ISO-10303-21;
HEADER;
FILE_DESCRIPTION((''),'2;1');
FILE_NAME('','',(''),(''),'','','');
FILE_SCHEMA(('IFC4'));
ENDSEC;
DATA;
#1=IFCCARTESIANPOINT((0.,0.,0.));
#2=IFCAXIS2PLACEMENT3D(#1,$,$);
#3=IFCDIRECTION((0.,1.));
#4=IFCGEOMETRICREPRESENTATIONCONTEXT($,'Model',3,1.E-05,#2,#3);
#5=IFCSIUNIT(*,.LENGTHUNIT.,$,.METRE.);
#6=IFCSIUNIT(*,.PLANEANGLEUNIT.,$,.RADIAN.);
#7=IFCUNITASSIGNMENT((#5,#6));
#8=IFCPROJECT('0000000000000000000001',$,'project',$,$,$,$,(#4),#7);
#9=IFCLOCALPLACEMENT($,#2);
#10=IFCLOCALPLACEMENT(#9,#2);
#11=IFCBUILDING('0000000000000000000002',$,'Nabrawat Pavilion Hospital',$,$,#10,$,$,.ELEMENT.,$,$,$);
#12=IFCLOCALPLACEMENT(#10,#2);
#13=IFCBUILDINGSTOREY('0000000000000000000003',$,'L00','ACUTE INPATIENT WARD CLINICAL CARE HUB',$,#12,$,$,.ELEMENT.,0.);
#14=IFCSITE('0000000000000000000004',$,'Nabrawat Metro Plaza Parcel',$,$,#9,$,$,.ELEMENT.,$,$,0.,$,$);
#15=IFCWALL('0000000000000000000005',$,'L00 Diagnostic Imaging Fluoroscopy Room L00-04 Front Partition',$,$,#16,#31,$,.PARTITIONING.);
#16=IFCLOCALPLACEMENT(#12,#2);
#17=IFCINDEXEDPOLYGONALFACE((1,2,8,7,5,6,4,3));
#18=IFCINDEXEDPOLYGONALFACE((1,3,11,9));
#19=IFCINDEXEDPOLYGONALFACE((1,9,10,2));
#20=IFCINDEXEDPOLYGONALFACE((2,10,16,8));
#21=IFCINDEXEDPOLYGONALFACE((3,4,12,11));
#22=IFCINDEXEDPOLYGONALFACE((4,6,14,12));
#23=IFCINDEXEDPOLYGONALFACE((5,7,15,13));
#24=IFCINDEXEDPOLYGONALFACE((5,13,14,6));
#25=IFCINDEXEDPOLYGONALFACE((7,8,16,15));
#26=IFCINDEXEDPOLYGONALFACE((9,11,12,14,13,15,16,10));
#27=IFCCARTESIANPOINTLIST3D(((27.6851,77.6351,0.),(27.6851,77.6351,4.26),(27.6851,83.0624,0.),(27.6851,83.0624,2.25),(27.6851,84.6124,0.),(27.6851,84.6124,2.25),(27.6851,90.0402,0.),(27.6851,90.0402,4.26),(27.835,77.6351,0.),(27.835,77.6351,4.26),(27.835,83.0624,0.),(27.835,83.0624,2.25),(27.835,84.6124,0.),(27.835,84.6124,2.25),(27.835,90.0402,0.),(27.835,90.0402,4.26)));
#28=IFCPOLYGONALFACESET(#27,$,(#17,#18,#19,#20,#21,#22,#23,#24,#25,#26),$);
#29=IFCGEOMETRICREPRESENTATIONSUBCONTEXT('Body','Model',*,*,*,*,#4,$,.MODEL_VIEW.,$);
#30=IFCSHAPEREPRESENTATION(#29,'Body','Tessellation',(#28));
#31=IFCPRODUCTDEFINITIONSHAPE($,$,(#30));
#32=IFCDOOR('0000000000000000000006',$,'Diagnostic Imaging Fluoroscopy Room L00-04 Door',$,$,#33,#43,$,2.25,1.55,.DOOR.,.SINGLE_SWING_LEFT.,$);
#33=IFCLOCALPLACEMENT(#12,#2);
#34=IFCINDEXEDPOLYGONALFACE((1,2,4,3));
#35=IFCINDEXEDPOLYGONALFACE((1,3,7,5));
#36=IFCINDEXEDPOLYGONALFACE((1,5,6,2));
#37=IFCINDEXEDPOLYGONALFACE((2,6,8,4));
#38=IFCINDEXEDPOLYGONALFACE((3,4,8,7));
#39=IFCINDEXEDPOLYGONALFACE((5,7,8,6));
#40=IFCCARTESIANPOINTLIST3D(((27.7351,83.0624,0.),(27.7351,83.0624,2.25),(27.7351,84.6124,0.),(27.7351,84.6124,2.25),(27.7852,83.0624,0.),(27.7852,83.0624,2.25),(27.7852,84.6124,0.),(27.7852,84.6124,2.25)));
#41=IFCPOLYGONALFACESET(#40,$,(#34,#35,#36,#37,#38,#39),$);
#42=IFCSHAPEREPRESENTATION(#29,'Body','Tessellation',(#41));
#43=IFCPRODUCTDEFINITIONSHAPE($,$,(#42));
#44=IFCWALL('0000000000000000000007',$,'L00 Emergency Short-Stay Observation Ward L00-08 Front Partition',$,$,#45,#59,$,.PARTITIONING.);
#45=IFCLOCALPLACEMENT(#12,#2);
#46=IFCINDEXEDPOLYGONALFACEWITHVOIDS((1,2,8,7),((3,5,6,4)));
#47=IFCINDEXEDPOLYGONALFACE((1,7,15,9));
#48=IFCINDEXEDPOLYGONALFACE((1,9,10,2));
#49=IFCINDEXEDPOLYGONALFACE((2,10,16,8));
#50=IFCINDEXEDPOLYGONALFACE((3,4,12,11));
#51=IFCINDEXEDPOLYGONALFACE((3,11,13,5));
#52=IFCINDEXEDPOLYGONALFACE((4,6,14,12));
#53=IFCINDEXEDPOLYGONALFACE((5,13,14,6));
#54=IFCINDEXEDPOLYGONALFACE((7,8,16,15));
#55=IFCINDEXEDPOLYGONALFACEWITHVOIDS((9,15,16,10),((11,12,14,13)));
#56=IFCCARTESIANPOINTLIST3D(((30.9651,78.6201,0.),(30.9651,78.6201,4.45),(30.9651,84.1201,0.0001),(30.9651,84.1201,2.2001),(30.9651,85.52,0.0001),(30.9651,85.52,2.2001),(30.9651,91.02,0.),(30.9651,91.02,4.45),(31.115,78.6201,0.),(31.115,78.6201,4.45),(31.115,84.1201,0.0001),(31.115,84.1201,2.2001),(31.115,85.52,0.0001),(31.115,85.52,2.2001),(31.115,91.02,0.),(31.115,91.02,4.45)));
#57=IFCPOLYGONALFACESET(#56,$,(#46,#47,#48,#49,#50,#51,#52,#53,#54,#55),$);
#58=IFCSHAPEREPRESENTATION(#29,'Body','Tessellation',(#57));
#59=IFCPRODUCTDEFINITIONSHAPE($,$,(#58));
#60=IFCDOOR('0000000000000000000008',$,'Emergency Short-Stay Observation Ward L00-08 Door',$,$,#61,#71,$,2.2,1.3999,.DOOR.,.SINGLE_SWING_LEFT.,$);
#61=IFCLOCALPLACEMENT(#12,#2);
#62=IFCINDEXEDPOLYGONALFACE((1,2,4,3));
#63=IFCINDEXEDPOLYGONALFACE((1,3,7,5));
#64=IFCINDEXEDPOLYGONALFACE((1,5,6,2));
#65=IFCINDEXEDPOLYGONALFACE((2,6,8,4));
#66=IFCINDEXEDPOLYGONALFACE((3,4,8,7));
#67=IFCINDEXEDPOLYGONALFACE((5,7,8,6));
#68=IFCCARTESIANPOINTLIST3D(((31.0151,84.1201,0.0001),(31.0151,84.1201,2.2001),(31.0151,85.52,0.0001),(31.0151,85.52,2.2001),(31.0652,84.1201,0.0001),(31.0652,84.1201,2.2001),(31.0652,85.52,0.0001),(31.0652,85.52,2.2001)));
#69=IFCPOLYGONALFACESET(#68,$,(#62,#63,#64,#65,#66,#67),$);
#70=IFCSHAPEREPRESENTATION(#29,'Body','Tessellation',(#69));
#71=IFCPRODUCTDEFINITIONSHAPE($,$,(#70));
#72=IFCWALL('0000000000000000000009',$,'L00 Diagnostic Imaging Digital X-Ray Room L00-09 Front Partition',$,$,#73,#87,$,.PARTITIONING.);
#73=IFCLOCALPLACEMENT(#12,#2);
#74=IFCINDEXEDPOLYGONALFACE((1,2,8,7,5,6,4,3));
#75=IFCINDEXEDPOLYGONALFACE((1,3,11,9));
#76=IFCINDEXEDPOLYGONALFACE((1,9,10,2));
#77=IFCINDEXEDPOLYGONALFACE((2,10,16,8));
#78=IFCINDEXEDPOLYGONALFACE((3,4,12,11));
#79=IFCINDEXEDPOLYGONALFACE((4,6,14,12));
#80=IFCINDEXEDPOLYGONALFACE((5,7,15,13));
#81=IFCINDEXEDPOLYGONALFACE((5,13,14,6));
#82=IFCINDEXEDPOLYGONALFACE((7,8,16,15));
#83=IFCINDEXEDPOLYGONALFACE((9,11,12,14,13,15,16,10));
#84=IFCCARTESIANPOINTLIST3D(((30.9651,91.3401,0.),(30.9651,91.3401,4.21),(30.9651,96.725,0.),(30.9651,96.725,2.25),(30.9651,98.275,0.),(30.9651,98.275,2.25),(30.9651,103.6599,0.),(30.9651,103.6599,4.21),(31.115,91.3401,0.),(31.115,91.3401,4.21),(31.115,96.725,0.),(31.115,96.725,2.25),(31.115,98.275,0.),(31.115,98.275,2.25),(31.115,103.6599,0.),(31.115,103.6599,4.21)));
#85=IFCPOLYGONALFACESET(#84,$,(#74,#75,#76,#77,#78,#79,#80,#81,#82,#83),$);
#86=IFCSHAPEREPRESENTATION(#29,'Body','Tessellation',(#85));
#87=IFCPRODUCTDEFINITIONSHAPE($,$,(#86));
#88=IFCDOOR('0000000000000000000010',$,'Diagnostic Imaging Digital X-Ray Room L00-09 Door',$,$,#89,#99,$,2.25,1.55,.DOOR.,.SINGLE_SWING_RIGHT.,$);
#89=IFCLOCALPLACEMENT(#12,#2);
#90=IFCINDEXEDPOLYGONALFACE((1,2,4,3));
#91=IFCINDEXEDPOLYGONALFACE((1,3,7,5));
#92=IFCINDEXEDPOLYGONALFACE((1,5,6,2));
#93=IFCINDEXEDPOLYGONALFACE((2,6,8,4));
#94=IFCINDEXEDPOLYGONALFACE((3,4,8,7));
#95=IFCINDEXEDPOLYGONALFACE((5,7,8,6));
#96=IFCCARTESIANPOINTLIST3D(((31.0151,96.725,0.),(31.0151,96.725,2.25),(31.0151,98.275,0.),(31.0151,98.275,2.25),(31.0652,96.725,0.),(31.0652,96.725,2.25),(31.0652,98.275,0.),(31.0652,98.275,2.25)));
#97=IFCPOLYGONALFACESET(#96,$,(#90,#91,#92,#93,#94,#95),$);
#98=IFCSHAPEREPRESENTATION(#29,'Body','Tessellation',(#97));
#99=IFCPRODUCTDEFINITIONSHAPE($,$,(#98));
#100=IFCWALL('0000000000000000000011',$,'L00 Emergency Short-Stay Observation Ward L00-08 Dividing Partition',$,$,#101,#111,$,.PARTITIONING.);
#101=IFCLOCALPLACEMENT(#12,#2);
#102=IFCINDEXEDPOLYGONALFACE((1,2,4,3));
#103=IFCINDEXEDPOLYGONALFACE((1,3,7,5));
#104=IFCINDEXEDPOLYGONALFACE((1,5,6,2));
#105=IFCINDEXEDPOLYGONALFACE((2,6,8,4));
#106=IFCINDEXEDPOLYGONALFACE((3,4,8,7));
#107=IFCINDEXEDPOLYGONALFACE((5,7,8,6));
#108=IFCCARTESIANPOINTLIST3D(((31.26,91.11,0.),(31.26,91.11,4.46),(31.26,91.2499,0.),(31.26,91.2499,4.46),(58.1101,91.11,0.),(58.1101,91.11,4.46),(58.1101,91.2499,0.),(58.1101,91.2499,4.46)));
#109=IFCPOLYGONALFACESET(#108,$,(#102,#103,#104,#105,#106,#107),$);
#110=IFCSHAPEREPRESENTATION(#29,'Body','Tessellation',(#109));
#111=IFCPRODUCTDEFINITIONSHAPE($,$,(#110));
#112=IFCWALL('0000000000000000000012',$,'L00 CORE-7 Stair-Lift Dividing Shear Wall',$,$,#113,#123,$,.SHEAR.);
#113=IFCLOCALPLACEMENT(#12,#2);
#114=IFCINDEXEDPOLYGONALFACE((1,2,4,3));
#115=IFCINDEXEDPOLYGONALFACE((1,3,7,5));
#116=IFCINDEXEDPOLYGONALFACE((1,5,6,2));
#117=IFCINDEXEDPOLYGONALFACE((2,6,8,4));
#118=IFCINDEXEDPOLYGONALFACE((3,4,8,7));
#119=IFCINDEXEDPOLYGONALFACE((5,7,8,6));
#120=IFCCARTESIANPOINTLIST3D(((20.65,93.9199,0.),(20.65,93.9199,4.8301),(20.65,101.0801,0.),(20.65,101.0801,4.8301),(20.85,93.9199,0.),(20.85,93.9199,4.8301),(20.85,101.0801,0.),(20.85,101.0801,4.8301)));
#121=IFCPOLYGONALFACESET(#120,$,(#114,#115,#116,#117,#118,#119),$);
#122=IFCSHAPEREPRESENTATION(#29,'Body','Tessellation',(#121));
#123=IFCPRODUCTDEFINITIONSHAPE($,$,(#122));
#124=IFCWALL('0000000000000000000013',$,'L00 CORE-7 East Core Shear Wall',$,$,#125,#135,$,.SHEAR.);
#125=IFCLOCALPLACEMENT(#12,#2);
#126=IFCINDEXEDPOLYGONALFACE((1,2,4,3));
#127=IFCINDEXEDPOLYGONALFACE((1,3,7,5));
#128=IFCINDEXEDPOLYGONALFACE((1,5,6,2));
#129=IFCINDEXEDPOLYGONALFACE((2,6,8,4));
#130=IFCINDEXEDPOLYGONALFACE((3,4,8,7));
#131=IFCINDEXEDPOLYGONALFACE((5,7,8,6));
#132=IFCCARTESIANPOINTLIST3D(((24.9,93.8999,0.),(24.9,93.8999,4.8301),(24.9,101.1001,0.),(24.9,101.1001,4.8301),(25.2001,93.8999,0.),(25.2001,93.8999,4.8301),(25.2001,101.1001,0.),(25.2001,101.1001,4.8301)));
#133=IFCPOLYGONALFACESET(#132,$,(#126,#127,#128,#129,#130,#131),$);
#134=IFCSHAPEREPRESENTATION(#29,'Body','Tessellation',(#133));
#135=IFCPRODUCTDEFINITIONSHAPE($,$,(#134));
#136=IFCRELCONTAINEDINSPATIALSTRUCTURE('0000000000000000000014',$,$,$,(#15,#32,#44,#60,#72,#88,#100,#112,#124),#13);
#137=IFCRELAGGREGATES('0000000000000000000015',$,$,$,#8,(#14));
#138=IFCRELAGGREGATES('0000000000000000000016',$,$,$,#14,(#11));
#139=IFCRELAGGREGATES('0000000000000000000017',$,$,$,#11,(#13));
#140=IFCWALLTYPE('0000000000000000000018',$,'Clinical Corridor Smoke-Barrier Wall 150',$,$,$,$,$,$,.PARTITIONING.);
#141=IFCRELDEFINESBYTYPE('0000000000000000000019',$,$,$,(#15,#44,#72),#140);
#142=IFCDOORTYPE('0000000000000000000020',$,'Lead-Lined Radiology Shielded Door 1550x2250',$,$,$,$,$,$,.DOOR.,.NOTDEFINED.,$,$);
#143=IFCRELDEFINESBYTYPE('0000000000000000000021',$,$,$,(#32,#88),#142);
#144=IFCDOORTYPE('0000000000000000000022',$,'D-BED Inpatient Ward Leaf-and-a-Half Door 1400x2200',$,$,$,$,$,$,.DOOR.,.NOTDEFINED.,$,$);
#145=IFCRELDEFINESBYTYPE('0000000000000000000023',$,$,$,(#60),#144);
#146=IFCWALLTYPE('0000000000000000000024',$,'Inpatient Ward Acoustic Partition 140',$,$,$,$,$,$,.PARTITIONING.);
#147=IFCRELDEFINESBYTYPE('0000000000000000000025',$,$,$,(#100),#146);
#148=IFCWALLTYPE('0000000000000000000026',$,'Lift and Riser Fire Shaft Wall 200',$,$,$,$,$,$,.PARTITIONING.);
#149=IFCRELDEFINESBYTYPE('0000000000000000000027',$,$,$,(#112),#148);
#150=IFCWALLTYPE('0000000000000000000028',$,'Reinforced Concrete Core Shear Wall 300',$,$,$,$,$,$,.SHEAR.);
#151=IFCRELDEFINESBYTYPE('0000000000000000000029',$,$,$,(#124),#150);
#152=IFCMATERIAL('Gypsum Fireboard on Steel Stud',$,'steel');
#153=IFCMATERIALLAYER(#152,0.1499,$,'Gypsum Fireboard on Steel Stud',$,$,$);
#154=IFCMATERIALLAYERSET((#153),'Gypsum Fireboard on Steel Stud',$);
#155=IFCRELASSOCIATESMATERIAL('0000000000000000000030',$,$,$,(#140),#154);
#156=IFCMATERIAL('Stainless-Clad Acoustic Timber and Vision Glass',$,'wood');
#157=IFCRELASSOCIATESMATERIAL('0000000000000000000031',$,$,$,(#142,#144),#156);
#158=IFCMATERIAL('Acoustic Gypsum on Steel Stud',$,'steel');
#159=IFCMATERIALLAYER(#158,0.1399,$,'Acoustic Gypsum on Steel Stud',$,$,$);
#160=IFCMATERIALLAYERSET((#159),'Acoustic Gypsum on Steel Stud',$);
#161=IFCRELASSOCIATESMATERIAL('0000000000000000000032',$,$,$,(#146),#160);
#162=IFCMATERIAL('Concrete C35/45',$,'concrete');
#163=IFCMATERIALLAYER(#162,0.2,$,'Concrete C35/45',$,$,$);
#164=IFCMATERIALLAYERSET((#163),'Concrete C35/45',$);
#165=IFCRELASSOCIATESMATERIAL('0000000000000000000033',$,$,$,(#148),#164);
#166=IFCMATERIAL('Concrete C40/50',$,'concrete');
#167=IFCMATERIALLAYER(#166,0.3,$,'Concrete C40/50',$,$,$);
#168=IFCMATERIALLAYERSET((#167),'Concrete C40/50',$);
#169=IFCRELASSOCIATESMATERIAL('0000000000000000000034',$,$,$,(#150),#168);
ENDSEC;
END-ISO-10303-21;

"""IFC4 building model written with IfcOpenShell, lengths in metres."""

from ifc_helpers import new_model, si_unit, direction, frame, frame_2d, origin, place, context, subcontext, project, spatial, rectangle, extrude, material, layer, layer_set, type_object, element, fill, save


model = new_model("IFC4")

# Units and contexts
model_context = context("Model", 3, precision=1e-05, world=origin(), true_north=direction((0.0, 1.0)))
body_context = subcontext(model_context, "Body", "Model", "MODEL_VIEW")
ifc_project = project(units=[si_unit("LENGTHUNIT", "METRE"), si_unit("PLANEANGLEUNIT", "RADIAN")], contexts=[model_context])

# Site, building, storey
site_placement = place(None, origin())
site = spatial("IfcSite", under=ifc_project, at=site_placement, Name="Nabrawat Metro Plaza Parcel", CompositionType="ELEMENT", RefElevation=0.0)
building_placement = place(site_placement, origin())
building = spatial("IfcBuilding", under=site, at=building_placement, Name="Nabrawat Pavilion Hospital", CompositionType="ELEMENT")
storey_placement = place(building_placement, origin())
storey = spatial("IfcBuildingStorey", under=building, at=storey_placement, Name="L00", Description="ACUTE INPATIENT WARD CLINICAL CARE HUB", CompositionType="ELEMENT", Elevation=0.0)

# Shared definitions
ifc_material_1 = material(Name="Concrete C40/50", Category="concrete")

# Walls, openings, doors
ifc_material_2 = material(Name="Gypsum Fireboard on Steel Stud", Category="steel")
ifc_layer_1 = layer(ifc_material_2, 0.1499, Name="Gypsum Fireboard on Steel Stud")
ifc_layer_set_1 = layer_set([ifc_layer_1], Name="Gypsum Fireboard on Steel Stud")
wall_type_1 = type_object("IfcWallType", Name="Clinical Corridor Smoke-Barrier Wall 150", PredefinedType="PARTITIONING", material=ifc_layer_set_1)
wall_1_placement = place(storey_placement, frame((27.76, 77.635, 0.0), z_axis=(0.0, 0.0, 1.0), x_axis=(0.0, 1.0, 0.0)))
wall_1 = element("IfcWall", 1, at=wall_1_placement, inside=storey, type_object=wall_type_1, Name="L00 Diagnostic Imaging Fluoroscopy Room L00-04 Front Partition", PredefinedType="PARTITIONING", context=body_context, shape_type="SweptSolid", body=[
    extrude(rectangle(XDim=12.405, YDim=0.1499, at=frame_2d((6.2026, 0.0))), origin(), (0.0, 0.0, 1.0), 4.26),
])
opening_1_placement = place(wall_1_placement, frame((5.4275, 0.0, 0.0)))
opening_1 = element("IfcOpeningElement", 2, at=opening_1_placement, cuts=wall_1, PredefinedType="OPENING", context=body_context, shape_type="SweptSolid", body=[
    extrude(rectangle(XDim=1.55, YDim=2.25, at=frame_2d((0.7749, 1.125))), frame((0.0, 0.085, 0.0), z_axis=(0.0, -1.0, 0.0), x_axis=(1.0, 0.0, 0.0)), (0.0, 0.0, 1.0), 0.1699),
])
ifc_material_3 = material(Name="Stainless-Clad Acoustic Timber and Vision Glass", Category="wood")
door_type_1 = type_object("IfcDoorType", Name="Lead-Lined Radiology Shielded Door 1550x2250", OperationType="NOTDEFINED", PredefinedType="DOOR", material=ifc_material_3)
door_1_placement = place(opening_1_placement, origin())
door_1 = element("IfcDoor", 3, at=door_1_placement, inside=storey, type_object=door_type_1, Name="Diagnostic Imaging Fluoroscopy Room L00-04 Door", OperationType="SINGLE_SWING_LEFT", OverallHeight=2.25, OverallWidth=1.55, PredefinedType="DOOR", context=body_context, shape_type="SweptSolid", body=[
    extrude(rectangle(XDim=1.55, YDim=2.25, at=frame_2d((0.7749, 1.125))), frame((0.0, 0.0249, 0.0), z_axis=(0.0, -1.0, 0.0), x_axis=(1.0, 0.0, 0.0)), (0.0, 0.0, 1.0), 0.05),
])
fill(opening_1, door_1)
wall_2_placement = place(storey_placement, frame((31.04, 78.6201, 0.0), z_axis=(0.0, 0.0, 1.0), x_axis=(0.0, 1.0, 0.0)))
wall_2 = element("IfcWall", 4, at=wall_2_placement, inside=storey, type_object=wall_type_1, Name="L00 Emergency Short-Stay Observation Ward L00-08 Front Partition", PredefinedType="PARTITIONING", context=body_context, shape_type="SweptSolid", body=[
    extrude(rectangle(XDim=12.3999, YDim=0.1499, at=frame_2d((6.2, 0.0))), origin(), (0.0, 0.0, 1.0), 4.45),
])
opening_2_placement = place(wall_2_placement, frame((5.5, 0.0, 0.0)))
opening_2 = element("IfcOpeningElement", 5, at=opening_2_placement, cuts=wall_2, PredefinedType="OPENING", context=body_context, shape_type="SweptSolid", body=[
    extrude(rectangle(XDim=1.3999, YDim=2.2, at=frame_2d((0.7, 1.1001))), frame((0.0, 0.085, 0.0), z_axis=(0.0, -1.0, 0.0), x_axis=(1.0, 0.0, 0.0)), (0.0, 0.0, 1.0), 0.1699),
])
door_type_2 = type_object("IfcDoorType", Name="D-BED Inpatient Ward Leaf-and-a-Half Door 1400x2200", OperationType="NOTDEFINED", PredefinedType="DOOR", material=ifc_material_3)
door_2_placement = place(opening_2_placement, origin())
door_2 = element("IfcDoor", 6, at=door_2_placement, inside=storey, type_object=door_type_2, Name="Emergency Short-Stay Observation Ward L00-08 Door", OperationType="SINGLE_SWING_LEFT", OverallHeight=2.2, OverallWidth=1.3999, PredefinedType="DOOR", context=body_context, shape_type="SweptSolid", body=[
    extrude(rectangle(XDim=1.3999, YDim=2.2, at=frame_2d((0.7, 1.1001))), frame((0.0, 0.0249, 0.0), z_axis=(0.0, -1.0, 0.0), x_axis=(1.0, 0.0, 0.0)), (0.0, 0.0, 1.0), 0.05),
])
fill(opening_2, door_2)
wall_3_placement = place(storey_placement, frame((31.04, 91.3401, 0.0), z_axis=(0.0, 0.0, 1.0), x_axis=(0.0, 1.0, 0.0)))
wall_3 = element("IfcWall", 7, at=wall_3_placement, inside=storey, type_object=wall_type_1, Name="L00 Diagnostic Imaging Digital X-Ray Room L00-09 Front Partition", PredefinedType="PARTITIONING", context=body_context, shape_type="SweptSolid", body=[
    extrude(rectangle(XDim=12.3198, YDim=0.1499, at=frame_2d((6.1599, 0.0))), origin(), (0.0, 0.0, 1.0), 4.21),
])
opening_3_placement = place(wall_3_placement, frame((5.385, 0.0, 0.0)))
opening_3 = element("IfcOpeningElement", 8, at=opening_3_placement, cuts=wall_3, PredefinedType="OPENING", context=body_context, shape_type="SweptSolid", body=[
    extrude(rectangle(XDim=1.55, YDim=2.25, at=frame_2d((0.7749, 1.125))), frame((0.0, 0.085, 0.0), z_axis=(0.0, -1.0, 0.0), x_axis=(1.0, 0.0, 0.0)), (0.0, 0.0, 1.0), 0.1699),
])
door_3_placement = place(opening_3_placement, origin())
door_3 = element("IfcDoor", 9, at=door_3_placement, inside=storey, type_object=door_type_1, Name="Diagnostic Imaging Digital X-Ray Room L00-09 Door", OperationType="SINGLE_SWING_RIGHT", OverallHeight=2.25, OverallWidth=1.55, PredefinedType="DOOR", context=body_context, shape_type="SweptSolid", body=[
    extrude(rectangle(XDim=1.55, YDim=2.25, at=frame_2d((0.7749, 1.125))), frame((0.0, 0.0249, 0.0), z_axis=(0.0, -1.0, 0.0), x_axis=(1.0, 0.0, 0.0)), (0.0, 0.0, 1.0), 0.05),
])
fill(opening_3, door_3)

# Walls
ifc_material_4 = material(Name="Acoustic Gypsum on Steel Stud", Category="steel")
ifc_layer_2 = layer(ifc_material_4, 0.1399, Name="Acoustic Gypsum on Steel Stud")
ifc_layer_set_2 = layer_set([ifc_layer_2], Name="Acoustic Gypsum on Steel Stud")
wall_type_2 = type_object("IfcWallType", Name="Inpatient Ward Acoustic Partition 140", PredefinedType="PARTITIONING", material=ifc_layer_set_2)
wall_4_placement = place(storey_placement, frame((31.26, 91.1799, 0.0), z_axis=(0.0, 0.0, 1.0), x_axis=(1.0, 0.0, 0.0)))
element("IfcWall", 10, at=wall_4_placement, inside=storey, type_object=wall_type_2, Name="L00 Emergency Short-Stay Observation Ward L00-08 Dividing Partition", PredefinedType="PARTITIONING", context=body_context, shape_type="SweptSolid", body=[
    extrude(rectangle(XDim=26.8501, YDim=0.1399, at=frame_2d((13.425, 0.0))), origin(), (0.0, 0.0, 1.0), 4.46),
])
ifc_material_5 = material(Name="Concrete C35/45", Category="concrete")
ifc_layer_3 = layer(ifc_material_5, 0.2, Name="Concrete C35/45")
ifc_layer_set_3 = layer_set([ifc_layer_3], Name="Concrete C35/45")
wall_type_3 = type_object("IfcWallType", Name="Lift and Riser Fire Shaft Wall 200", PredefinedType="PARTITIONING", material=ifc_layer_set_3)
wall_5_placement = place(storey_placement, frame((20.75, 93.9199, 0.0), z_axis=(0.0, 0.0, 1.0), x_axis=(0.0, 1.0, 0.0)))
element("IfcWall", 11, at=wall_5_placement, inside=storey, type_object=wall_type_3, Name="L00 CORE-7 Stair-Lift Dividing Shear Wall", PredefinedType="SHEAR", context=body_context, shape_type="SweptSolid", body=[
    extrude(rectangle(XDim=7.1602, YDim=0.2, at=frame_2d((3.5801, 0.0))), origin(), (0.0, 0.0, 1.0), 4.8301),
])
ifc_layer_4 = layer(ifc_material_1, 0.3, Name="Concrete C40/50")
ifc_layer_set_4 = layer_set([ifc_layer_4], Name="Concrete C40/50")
wall_type_4 = type_object("IfcWallType", Name="Reinforced Concrete Core Shear Wall 300", PredefinedType="SHEAR", material=ifc_layer_set_4)
wall_6_placement = place(storey_placement, frame((25.05, 93.8999, 0.0), z_axis=(0.0, 0.0, 1.0), x_axis=(0.0, 1.0, 0.0)))
element("IfcWall", 12, at=wall_6_placement, inside=storey, type_object=wall_type_4, Name="L00 CORE-7 East Core Shear Wall", PredefinedType="SHEAR", context=body_context, shape_type="SweptSolid", body=[
    extrude(rectangle(XDim=7.2002, YDim=0.3, at=frame_2d((3.6001, 0.0))), origin(), (0.0, 0.0, 1.0), 4.8301),
])

save(model, "model.ifc")
